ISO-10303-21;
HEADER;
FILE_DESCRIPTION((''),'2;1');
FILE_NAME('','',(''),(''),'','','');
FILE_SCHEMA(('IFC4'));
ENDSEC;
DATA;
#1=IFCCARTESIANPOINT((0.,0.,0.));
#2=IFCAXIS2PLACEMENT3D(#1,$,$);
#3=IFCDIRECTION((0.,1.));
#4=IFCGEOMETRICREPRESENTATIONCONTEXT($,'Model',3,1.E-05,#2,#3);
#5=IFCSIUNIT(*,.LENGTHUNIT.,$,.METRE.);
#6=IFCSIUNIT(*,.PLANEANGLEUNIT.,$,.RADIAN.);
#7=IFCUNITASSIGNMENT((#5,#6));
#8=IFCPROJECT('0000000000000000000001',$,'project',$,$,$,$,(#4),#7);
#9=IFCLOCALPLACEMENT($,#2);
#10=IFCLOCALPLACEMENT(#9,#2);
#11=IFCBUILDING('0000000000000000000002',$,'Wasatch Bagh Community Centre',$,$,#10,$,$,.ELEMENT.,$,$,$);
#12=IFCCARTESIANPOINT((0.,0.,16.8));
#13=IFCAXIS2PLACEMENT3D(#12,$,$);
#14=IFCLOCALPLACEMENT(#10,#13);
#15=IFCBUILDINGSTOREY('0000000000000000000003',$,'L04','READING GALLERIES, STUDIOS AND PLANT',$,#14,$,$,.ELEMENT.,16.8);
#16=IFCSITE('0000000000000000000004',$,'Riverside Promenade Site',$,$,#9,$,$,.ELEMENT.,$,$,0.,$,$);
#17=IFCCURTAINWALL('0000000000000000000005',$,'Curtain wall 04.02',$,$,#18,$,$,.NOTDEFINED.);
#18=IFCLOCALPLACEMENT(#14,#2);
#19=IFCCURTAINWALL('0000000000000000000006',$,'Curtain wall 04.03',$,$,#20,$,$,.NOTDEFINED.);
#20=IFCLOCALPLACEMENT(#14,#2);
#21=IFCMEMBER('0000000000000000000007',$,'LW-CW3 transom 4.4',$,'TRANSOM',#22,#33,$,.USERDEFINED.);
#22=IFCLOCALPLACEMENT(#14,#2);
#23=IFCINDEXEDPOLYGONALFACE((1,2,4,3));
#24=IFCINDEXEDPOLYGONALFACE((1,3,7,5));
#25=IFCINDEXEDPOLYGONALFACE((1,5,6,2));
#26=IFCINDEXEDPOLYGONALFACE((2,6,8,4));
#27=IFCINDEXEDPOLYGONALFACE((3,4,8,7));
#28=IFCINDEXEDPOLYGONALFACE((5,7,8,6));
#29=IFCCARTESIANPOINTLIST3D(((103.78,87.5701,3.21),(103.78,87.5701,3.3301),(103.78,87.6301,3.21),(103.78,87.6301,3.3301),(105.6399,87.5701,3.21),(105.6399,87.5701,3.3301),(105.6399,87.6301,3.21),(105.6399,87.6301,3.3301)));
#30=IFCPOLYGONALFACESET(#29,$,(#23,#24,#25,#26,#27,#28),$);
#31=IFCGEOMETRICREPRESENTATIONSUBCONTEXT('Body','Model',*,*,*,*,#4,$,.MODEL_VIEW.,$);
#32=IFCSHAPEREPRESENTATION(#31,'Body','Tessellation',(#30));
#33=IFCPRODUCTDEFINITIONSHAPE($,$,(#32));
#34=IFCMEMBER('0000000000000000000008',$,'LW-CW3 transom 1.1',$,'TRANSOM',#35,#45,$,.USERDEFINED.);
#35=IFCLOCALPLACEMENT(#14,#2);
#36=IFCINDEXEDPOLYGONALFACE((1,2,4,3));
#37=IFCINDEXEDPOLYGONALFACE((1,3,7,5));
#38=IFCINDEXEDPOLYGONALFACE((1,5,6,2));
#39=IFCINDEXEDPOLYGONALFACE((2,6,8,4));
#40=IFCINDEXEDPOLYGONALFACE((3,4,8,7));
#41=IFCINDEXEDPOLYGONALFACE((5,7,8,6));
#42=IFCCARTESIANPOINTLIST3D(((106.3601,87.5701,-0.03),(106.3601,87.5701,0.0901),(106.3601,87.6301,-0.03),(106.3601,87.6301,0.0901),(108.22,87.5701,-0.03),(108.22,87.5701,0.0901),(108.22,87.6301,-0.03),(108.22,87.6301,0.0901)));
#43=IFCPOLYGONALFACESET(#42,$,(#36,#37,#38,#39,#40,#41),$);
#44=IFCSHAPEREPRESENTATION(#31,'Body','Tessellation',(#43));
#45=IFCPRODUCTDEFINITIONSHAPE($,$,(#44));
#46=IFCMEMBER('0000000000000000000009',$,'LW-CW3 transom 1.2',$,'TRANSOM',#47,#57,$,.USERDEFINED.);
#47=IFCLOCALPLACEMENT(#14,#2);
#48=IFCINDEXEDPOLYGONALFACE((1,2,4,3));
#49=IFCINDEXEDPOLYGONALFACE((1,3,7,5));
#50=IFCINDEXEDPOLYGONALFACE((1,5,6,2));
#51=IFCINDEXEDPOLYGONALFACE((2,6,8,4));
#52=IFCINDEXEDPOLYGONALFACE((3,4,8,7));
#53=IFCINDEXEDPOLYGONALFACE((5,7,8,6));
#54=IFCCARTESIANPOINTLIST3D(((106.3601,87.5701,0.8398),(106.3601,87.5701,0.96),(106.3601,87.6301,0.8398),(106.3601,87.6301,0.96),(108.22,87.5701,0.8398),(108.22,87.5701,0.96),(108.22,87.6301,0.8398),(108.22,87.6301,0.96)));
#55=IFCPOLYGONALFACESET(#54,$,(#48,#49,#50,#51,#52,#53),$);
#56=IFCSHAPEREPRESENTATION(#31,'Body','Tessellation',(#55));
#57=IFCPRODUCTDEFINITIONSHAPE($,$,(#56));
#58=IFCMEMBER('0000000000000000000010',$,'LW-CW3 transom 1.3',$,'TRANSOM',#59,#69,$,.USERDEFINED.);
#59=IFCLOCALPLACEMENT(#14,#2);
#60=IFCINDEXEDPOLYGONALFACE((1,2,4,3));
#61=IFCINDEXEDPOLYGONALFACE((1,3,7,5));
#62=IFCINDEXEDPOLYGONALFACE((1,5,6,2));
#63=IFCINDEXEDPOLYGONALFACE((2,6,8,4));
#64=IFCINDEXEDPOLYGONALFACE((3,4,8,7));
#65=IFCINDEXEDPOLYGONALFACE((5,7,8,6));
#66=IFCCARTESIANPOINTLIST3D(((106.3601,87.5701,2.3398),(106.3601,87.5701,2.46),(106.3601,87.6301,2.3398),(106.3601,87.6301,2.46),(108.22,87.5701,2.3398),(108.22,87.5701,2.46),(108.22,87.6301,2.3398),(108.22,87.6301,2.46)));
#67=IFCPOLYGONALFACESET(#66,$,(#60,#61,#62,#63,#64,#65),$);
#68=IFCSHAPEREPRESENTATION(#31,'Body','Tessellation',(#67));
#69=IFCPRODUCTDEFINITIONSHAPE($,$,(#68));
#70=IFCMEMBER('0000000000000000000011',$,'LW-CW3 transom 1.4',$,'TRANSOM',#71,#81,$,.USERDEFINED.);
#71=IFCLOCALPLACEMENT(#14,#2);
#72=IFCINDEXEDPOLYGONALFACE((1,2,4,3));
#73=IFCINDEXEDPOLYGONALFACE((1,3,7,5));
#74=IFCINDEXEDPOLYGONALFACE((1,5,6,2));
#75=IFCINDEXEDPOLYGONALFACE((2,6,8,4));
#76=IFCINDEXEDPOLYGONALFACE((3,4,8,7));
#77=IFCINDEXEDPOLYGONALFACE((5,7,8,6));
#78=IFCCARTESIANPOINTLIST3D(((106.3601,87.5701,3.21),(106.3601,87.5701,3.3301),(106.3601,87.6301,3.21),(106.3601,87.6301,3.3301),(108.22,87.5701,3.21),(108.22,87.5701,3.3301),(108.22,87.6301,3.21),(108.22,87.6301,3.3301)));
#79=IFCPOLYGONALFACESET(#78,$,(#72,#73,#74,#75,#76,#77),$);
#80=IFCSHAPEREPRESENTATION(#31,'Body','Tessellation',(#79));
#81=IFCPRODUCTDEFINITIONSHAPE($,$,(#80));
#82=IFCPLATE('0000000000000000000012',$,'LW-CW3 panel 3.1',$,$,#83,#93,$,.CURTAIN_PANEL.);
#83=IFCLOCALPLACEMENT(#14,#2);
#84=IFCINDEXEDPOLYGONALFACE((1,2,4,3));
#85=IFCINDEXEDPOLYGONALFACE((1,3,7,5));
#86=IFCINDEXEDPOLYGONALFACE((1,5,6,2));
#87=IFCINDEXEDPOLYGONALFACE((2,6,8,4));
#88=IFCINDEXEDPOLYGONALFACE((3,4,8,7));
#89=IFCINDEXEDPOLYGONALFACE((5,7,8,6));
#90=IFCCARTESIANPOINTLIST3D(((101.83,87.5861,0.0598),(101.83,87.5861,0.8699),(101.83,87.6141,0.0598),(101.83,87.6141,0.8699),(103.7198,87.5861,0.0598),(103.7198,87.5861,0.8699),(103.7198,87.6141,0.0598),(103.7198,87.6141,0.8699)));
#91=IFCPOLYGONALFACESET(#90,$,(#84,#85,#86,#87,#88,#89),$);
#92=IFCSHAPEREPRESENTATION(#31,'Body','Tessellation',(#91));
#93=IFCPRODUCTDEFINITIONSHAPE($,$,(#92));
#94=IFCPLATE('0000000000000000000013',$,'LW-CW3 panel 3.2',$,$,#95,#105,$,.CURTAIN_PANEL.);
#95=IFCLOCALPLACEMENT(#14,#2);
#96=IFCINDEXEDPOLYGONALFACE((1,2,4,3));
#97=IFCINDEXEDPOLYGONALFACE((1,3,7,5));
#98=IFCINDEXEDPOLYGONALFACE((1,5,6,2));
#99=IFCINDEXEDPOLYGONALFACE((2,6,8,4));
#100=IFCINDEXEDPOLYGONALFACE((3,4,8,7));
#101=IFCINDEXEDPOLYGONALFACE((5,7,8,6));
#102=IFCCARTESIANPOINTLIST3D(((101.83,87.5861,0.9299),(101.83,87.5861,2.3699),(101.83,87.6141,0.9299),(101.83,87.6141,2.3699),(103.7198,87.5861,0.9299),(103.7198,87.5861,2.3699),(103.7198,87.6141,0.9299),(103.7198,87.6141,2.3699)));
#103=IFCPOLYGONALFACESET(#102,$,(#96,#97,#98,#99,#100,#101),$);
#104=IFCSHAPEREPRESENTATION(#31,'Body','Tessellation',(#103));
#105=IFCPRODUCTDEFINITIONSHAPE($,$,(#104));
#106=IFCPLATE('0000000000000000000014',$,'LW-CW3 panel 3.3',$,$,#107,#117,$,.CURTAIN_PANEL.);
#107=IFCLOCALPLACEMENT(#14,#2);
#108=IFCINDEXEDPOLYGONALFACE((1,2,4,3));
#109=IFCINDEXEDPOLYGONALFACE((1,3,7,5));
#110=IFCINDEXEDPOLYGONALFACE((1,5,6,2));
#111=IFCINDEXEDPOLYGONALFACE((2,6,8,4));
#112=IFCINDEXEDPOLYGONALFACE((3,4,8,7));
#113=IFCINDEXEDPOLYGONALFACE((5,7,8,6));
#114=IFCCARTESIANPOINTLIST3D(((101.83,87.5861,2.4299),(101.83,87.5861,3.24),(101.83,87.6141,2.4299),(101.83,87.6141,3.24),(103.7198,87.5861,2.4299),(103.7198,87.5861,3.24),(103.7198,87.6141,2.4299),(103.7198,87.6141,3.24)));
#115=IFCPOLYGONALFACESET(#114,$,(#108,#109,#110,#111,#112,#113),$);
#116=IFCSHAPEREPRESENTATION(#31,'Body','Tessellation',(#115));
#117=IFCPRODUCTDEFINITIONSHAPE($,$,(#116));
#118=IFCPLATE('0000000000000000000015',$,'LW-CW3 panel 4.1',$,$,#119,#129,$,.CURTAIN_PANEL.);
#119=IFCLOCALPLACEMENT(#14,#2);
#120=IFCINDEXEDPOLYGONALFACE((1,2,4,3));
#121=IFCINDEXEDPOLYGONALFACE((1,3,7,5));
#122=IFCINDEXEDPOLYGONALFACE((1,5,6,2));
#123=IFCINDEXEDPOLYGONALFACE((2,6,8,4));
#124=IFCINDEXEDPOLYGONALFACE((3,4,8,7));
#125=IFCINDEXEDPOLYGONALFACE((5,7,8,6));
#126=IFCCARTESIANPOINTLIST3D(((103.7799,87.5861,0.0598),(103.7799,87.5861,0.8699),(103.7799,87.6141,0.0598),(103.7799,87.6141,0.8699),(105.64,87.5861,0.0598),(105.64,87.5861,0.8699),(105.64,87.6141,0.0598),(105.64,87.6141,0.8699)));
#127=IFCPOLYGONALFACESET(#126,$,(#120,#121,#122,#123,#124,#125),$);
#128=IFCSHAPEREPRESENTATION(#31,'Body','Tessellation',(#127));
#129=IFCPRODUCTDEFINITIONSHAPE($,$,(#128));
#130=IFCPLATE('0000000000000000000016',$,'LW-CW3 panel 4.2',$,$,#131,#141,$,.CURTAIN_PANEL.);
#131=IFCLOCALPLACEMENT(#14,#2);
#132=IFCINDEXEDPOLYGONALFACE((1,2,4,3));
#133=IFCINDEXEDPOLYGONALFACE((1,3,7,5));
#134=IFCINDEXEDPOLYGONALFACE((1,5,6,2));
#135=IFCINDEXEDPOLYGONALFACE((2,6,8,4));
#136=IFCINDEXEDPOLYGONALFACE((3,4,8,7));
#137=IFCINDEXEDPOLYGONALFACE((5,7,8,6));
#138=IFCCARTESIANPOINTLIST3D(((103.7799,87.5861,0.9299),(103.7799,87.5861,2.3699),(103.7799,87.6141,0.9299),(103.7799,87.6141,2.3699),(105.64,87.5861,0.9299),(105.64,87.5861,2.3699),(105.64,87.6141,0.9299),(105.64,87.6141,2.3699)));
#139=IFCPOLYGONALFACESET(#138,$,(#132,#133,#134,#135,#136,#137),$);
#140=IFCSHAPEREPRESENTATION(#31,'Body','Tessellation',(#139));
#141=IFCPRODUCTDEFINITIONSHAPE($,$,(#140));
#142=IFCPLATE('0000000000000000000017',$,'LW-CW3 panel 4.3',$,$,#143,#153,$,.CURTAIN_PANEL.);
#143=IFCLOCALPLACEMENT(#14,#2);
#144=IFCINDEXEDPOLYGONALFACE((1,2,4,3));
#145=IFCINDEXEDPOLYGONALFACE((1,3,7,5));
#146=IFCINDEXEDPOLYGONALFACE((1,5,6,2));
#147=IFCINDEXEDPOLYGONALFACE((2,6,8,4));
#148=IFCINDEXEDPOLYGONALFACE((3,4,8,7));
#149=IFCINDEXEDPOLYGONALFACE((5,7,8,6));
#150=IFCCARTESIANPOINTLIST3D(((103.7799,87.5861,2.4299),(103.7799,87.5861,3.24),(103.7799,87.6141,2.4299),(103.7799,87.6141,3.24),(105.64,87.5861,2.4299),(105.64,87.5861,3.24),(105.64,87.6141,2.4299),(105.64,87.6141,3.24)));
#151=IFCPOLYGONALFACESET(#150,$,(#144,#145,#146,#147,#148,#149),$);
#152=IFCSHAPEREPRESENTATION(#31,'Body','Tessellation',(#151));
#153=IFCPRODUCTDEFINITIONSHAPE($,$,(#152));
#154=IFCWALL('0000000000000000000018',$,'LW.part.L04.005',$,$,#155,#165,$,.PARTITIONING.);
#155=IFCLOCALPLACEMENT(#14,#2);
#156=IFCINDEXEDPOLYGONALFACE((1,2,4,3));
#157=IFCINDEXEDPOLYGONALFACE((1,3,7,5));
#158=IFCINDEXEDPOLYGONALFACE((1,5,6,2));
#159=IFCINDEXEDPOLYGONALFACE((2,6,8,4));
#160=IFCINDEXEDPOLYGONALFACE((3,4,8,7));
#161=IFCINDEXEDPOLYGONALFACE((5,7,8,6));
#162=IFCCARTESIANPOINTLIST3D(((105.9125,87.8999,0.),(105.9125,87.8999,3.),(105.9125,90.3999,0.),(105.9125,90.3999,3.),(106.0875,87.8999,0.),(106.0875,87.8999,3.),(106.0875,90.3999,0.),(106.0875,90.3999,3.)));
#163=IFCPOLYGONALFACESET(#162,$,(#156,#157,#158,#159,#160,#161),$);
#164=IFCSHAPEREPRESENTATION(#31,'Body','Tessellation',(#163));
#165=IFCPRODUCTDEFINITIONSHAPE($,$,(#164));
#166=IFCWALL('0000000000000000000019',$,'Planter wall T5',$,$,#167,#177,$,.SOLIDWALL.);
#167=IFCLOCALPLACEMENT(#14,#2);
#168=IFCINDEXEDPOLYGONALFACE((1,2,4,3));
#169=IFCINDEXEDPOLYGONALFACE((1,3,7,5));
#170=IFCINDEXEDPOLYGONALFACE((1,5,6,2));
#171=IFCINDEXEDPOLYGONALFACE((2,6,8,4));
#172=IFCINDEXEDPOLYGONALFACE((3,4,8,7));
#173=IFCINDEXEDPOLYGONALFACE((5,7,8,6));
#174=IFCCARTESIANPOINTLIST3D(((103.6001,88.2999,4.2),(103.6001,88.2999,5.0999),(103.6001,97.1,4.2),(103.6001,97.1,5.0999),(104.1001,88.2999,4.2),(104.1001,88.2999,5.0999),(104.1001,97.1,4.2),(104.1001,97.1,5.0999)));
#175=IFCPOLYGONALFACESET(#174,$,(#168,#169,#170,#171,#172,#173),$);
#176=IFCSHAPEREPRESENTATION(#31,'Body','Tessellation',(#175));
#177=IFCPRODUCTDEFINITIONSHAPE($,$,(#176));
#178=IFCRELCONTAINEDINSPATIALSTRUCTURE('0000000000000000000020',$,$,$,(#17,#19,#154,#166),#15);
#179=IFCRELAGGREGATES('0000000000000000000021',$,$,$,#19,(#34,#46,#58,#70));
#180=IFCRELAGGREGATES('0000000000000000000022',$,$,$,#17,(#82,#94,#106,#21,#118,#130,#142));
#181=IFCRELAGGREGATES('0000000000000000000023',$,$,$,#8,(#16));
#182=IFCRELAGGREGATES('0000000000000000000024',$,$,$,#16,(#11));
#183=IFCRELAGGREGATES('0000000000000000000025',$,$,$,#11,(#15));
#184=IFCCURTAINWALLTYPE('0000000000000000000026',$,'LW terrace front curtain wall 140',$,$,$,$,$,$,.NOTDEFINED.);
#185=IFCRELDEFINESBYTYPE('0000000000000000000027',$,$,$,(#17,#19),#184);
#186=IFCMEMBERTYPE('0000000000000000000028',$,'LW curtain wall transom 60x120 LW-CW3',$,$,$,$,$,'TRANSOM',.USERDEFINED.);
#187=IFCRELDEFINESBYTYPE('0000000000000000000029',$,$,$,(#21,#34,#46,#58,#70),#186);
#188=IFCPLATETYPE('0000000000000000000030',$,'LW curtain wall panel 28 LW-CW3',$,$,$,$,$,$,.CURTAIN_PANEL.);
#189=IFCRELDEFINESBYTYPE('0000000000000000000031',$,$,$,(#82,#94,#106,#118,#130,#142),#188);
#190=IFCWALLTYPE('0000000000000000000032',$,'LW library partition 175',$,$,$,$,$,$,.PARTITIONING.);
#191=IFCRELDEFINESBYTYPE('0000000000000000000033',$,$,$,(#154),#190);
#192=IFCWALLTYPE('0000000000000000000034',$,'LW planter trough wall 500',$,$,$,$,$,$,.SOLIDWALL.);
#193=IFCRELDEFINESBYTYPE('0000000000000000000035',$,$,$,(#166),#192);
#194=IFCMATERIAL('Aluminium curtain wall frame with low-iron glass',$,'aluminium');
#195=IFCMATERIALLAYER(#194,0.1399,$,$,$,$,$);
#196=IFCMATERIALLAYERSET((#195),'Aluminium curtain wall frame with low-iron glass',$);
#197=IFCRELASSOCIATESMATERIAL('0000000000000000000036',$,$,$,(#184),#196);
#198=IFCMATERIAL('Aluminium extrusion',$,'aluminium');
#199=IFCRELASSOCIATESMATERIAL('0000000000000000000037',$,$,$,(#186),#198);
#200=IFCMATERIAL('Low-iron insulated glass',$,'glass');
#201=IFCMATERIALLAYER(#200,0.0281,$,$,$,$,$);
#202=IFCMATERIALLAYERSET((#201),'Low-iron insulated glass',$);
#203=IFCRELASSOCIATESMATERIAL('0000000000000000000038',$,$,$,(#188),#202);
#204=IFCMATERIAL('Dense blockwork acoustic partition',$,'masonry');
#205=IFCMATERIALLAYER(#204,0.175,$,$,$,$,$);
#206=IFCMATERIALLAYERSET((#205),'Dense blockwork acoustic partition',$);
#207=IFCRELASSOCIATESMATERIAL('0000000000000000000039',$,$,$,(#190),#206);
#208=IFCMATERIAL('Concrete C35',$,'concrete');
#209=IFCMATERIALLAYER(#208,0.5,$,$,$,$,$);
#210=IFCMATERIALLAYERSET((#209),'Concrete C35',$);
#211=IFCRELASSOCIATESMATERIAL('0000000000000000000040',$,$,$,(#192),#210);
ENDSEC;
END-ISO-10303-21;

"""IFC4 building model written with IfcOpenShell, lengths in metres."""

from ifc_helpers import new_model, si_unit, direction, frame, frame_2d, origin, origin_2d, place, context, subcontext, project, spatial, rectangle, extrude, material, layer, layer_set, material_profile, profile_set, type_object, element, aggregate, save


model = new_model("IFC4")

# Units and contexts
model_context = context("Model", 3, precision=1e-05, world=origin(), true_north=direction((0.0, 1.0)))
body_context = subcontext(model_context, "Body", "Model", "MODEL_VIEW")
ifc_project = project(units=[si_unit("LENGTHUNIT", "METRE"), si_unit("PLANEANGLEUNIT", "RADIAN")], contexts=[model_context])

# Site, building, storey
site_placement = place(None, origin())
site = spatial("IfcSite", under=ifc_project, at=site_placement, Name="Riverside Promenade Site", CompositionType="ELEMENT", RefElevation=0.0)
building_placement = place(site_placement, origin())
building = spatial("IfcBuilding", under=site, at=building_placement, Name="Wasatch Bagh Community Centre", CompositionType="ELEMENT")
storey_placement = place(building_placement, frame((0.0, 0.0, 16.8)))
storey = spatial("IfcBuildingStorey", under=building, at=storey_placement, Name="L04", Description="READING GALLERIES, STUDIOS AND PLANT", CompositionType="ELEMENT", Elevation=16.8)

# Shared definitions
ifc_material_1 = material(Name="Concrete C35", Category="concrete")

# Curtain wall
ifc_material_2 = material(Name="Aluminium curtain wall frame with low-iron glass", Category="aluminium")
ifc_layer_1 = layer(ifc_material_2, 0.1399)
ifc_layer_set_1 = layer_set([ifc_layer_1], Name="Aluminium curtain wall frame with low-iron glass")
curtain_wall_type = type_object("IfcCurtainWallType", Name="LW terrace front curtain wall 140", PredefinedType="NOTDEFINED", material=ifc_layer_set_1)
curtain_wall_1_placement = place(storey_placement, origin())
curtain_wall_1 = element("IfcCurtainWall", 1, at=curtain_wall_1_placement, inside=storey, type_object=curtain_wall_type, Name="Curtain wall 04.02", PredefinedType="NOTDEFINED")
ifc_material_3 = material(Name="Aluminium extrusion", Category="aluminium")

# Curtain wall
curtain_wall_2_placement = place(storey_placement, origin())
curtain_wall_2 = element("IfcCurtainWall", 2, at=curtain_wall_2_placement, inside=storey, type_object=curtain_wall_type, Name="Curtain wall 04.03", PredefinedType="NOTDEFINED")

# Members
ifc_material_profile_1 = material_profile(ifc_material_3, rectangle(XDim=0.0601, YDim=0.1201, at=origin_2d()), Name="AL 60x120")
ifc_profile_set_1 = profile_set([ifc_material_profile_1], Name="Aluminium extrusion")
member_type_1 = type_object("IfcMemberType", Name="LW curtain wall transom 60x120 LW-CW3", ElementType="TRANSOM", PredefinedType="USERDEFINED", material=ifc_profile_set_1)
member_1_placement = place(storey_placement, frame((103.78, 87.6001, 3.27), z_axis=(1.0, 0.0, 0.0), x_axis=(0.0, 1.0, 0.0)))
member_1 = element("IfcMember", 3, at=member_1_placement, type_object=member_type_1, Name="LW-CW3 transom 4.4", ObjectType="TRANSOM", PredefinedType="USERDEFINED", context=body_context, shape_type="SweptSolid", body=[
    extrude(rectangle(XDim=0.0601, YDim=0.1201, at=origin_2d()), origin(), (0.0, 0.0, 1.0), 1.8599),
])
member_2_placement = place(storey_placement, frame((106.3601, 87.6001, 0.03), z_axis=(1.0, 0.0, 0.0), x_axis=(0.0, 1.0, 0.0)))
member_2 = element("IfcMember", 4, at=member_2_placement, type_object=member_type_1, Name="LW-CW3 transom 1.1", ObjectType="TRANSOM", PredefinedType="USERDEFINED", context=body_context, shape_type="SweptSolid", body=[
    extrude(rectangle(XDim=0.0601, YDim=0.1201, at=origin_2d()), origin(), (0.0, 0.0, 1.0), 1.8599),
])
member_3_placement = place(storey_placement, frame((106.3601, 87.6001, 0.8999), z_axis=(1.0, 0.0, 0.0), x_axis=(0.0, 1.0, 0.0)))
member_3 = element("IfcMember", 5, at=member_3_placement, type_object=member_type_1, Name="LW-CW3 transom 1.2", ObjectType="TRANSOM", PredefinedType="USERDEFINED", context=body_context, shape_type="SweptSolid", body=[
    extrude(rectangle(XDim=0.0601, YDim=0.1201, at=origin_2d()), origin(), (0.0, 0.0, 1.0), 1.8599),
])
member_4_placement = place(storey_placement, frame((106.3601, 87.6001, 2.3999), z_axis=(1.0, 0.0, 0.0), x_axis=(0.0, 1.0, 0.0)))
member_4 = element("IfcMember", 6, at=member_4_placement, type_object=member_type_1, Name="LW-CW3 transom 1.3", ObjectType="TRANSOM", PredefinedType="USERDEFINED", context=body_context, shape_type="SweptSolid", body=[
    extrude(rectangle(XDim=0.0601, YDim=0.1201, at=origin_2d()), origin(), (0.0, 0.0, 1.0), 1.8599),
])
member_5_placement = place(storey_placement, frame((106.3601, 87.6001, 3.27), z_axis=(1.0, 0.0, 0.0), x_axis=(0.0, 1.0, 0.0)))
member_5 = element("IfcMember", 7, at=member_5_placement, type_object=member_type_1, Name="LW-CW3 transom 1.4", ObjectType="TRANSOM", PredefinedType="USERDEFINED", context=body_context, shape_type="SweptSolid", body=[
    extrude(rectangle(XDim=0.0601, YDim=0.1201, at=origin_2d()), origin(), (0.0, 0.0, 1.0), 1.8599),
])
aggregate(curtain_wall_2, [member_2, member_3, member_4, member_5])

# Plates
ifc_material_4 = material(Name="Low-iron insulated glass", Category="glass")
ifc_layer_2 = layer(ifc_material_4, 0.0281)
ifc_layer_set_2 = layer_set([ifc_layer_2], Name="Low-iron insulated glass")
plate_type = type_object("IfcPlateType", Name="LW curtain wall panel 28 LW-CW3", PredefinedType="CURTAIN_PANEL", material=ifc_layer_set_2)
plate_1_placement = place(storey_placement, frame((102.7749, 87.6001, 0.0598), z_axis=(0.0, 0.0, 1.0), x_axis=(1.0, 0.0, 0.0)))
plate_1 = element("IfcPlate", 8, at=plate_1_placement, type_object=plate_type, Name="LW-CW3 panel 3.1", PredefinedType="CURTAIN_PANEL", context=body_context, shape_type="SweptSolid", body=[
    extrude(rectangle(XDim=1.8899, YDim=0.0281, at=origin_2d()), origin(), (0.0, 0.0, 1.0), 0.8101),
])
plate_2_placement = place(storey_placement, frame((102.7749, 87.6001, 0.9299), z_axis=(0.0, 0.0, 1.0), x_axis=(1.0, 0.0, 0.0)))
plate_2 = element("IfcPlate", 9, at=plate_2_placement, type_object=plate_type, Name="LW-CW3 panel 3.2", PredefinedType="CURTAIN_PANEL", context=body_context, shape_type="SweptSolid", body=[
    extrude(rectangle(XDim=1.8899, YDim=0.0281, at=origin_2d()), origin(), (0.0, 0.0, 1.0), 1.4399),
])
plate_3_placement = place(storey_placement, frame((102.7749, 87.6001, 2.4299), z_axis=(0.0, 0.0, 1.0), x_axis=(1.0, 0.0, 0.0)))
plate_3 = element("IfcPlate", 10, at=plate_3_placement, type_object=plate_type, Name="LW-CW3 panel 3.3", PredefinedType="CURTAIN_PANEL", context=body_context, shape_type="SweptSolid", body=[
    extrude(rectangle(XDim=1.8899, YDim=0.0281, at=origin_2d()), origin(), (0.0, 0.0, 1.0), 0.8101),
])
plate_4_placement = place(storey_placement, frame((104.71, 87.6001, 0.0598), z_axis=(0.0, 0.0, 1.0), x_axis=(1.0, 0.0, 0.0)))
plate_4 = element("IfcPlate", 11, at=plate_4_placement, type_object=plate_type, Name="LW-CW3 panel 4.1", PredefinedType="CURTAIN_PANEL", context=body_context, shape_type="SweptSolid", body=[
    extrude(rectangle(XDim=1.8601, YDim=0.0281, at=origin_2d()), origin(), (0.0, 0.0, 1.0), 0.8101),
])
plate_5_placement = place(storey_placement, frame((104.71, 87.6001, 0.9299), z_axis=(0.0, 0.0, 1.0), x_axis=(1.0, 0.0, 0.0)))
plate_5 = element("IfcPlate", 12, at=plate_5_placement, type_object=plate_type, Name="LW-CW3 panel 4.2", PredefinedType="CURTAIN_PANEL", context=body_context, shape_type="SweptSolid", body=[
    extrude(rectangle(XDim=1.8601, YDim=0.0281, at=origin_2d()), origin(), (0.0, 0.0, 1.0), 1.4399),
])
plate_6_placement = place(storey_placement, frame((104.71, 87.6001, 2.4299), z_axis=(0.0, 0.0, 1.0), x_axis=(1.0, 0.0, 0.0)))
plate_6 = element("IfcPlate", 13, at=plate_6_placement, type_object=plate_type, Name="LW-CW3 panel 4.3", PredefinedType="CURTAIN_PANEL", context=body_context, shape_type="SweptSolid", body=[
    extrude(rectangle(XDim=1.8601, YDim=0.0281, at=origin_2d()), origin(), (0.0, 0.0, 1.0), 0.8101),
])
aggregate(curtain_wall_1, [plate_1, plate_2, plate_3, member_1, plate_4, plate_5, plate_6])

# Walls
ifc_material_5 = material(Name="Dense blockwork acoustic partition", Category="masonry")
ifc_layer_3 = layer(ifc_material_5, 0.175)
ifc_layer_set_3 = layer_set([ifc_layer_3], Name="Dense blockwork acoustic partition")
wall_type_1 = type_object("IfcWallType", Name="LW library partition 175", PredefinedType="PARTITIONING", material=ifc_layer_set_3)
wall_1_placement = place(storey_placement, frame((106.0, 87.8999, 0.0), z_axis=(0.0, 0.0, 1.0), x_axis=(0.0, 1.0, 0.0)))
element("IfcWall", 14, at=wall_1_placement, inside=storey, type_object=wall_type_1, Name="LW.part.L04.005", PredefinedType="PARTITIONING", context=body_context, shape_type="SweptSolid", body=[
    extrude(rectangle(XDim=2.5, YDim=0.175, at=frame_2d((1.25, 0.0))), origin(), (0.0, 0.0, 1.0), 3.0),
])
ifc_layer_4 = layer(ifc_material_1, 0.5)
ifc_layer_set_4 = layer_set([ifc_layer_4], Name="Concrete C35")
wall_type_2 = type_object("IfcWallType", Name="LW planter trough wall 500", PredefinedType="SOLIDWALL", material=ifc_layer_set_4)
wall_2_placement = place(storey_placement, frame((103.8501, 88.3, 4.2), z_axis=(0.0, 0.0, 1.0), x_axis=(0.0, 1.0, 0.0)))
element("IfcWall", 15, at=wall_2_placement, inside=storey, type_object=wall_type_2, Name="Planter wall T5", PredefinedType="SOLIDWALL", context=body_context, shape_type="SweptSolid", body=[
    extrude(rectangle(XDim=8.8, YDim=0.5, at=frame_2d((4.3999, 0.0))), origin(), (0.0, 0.0, 1.0), 0.8999),
])

save(model, "model.ifc")
